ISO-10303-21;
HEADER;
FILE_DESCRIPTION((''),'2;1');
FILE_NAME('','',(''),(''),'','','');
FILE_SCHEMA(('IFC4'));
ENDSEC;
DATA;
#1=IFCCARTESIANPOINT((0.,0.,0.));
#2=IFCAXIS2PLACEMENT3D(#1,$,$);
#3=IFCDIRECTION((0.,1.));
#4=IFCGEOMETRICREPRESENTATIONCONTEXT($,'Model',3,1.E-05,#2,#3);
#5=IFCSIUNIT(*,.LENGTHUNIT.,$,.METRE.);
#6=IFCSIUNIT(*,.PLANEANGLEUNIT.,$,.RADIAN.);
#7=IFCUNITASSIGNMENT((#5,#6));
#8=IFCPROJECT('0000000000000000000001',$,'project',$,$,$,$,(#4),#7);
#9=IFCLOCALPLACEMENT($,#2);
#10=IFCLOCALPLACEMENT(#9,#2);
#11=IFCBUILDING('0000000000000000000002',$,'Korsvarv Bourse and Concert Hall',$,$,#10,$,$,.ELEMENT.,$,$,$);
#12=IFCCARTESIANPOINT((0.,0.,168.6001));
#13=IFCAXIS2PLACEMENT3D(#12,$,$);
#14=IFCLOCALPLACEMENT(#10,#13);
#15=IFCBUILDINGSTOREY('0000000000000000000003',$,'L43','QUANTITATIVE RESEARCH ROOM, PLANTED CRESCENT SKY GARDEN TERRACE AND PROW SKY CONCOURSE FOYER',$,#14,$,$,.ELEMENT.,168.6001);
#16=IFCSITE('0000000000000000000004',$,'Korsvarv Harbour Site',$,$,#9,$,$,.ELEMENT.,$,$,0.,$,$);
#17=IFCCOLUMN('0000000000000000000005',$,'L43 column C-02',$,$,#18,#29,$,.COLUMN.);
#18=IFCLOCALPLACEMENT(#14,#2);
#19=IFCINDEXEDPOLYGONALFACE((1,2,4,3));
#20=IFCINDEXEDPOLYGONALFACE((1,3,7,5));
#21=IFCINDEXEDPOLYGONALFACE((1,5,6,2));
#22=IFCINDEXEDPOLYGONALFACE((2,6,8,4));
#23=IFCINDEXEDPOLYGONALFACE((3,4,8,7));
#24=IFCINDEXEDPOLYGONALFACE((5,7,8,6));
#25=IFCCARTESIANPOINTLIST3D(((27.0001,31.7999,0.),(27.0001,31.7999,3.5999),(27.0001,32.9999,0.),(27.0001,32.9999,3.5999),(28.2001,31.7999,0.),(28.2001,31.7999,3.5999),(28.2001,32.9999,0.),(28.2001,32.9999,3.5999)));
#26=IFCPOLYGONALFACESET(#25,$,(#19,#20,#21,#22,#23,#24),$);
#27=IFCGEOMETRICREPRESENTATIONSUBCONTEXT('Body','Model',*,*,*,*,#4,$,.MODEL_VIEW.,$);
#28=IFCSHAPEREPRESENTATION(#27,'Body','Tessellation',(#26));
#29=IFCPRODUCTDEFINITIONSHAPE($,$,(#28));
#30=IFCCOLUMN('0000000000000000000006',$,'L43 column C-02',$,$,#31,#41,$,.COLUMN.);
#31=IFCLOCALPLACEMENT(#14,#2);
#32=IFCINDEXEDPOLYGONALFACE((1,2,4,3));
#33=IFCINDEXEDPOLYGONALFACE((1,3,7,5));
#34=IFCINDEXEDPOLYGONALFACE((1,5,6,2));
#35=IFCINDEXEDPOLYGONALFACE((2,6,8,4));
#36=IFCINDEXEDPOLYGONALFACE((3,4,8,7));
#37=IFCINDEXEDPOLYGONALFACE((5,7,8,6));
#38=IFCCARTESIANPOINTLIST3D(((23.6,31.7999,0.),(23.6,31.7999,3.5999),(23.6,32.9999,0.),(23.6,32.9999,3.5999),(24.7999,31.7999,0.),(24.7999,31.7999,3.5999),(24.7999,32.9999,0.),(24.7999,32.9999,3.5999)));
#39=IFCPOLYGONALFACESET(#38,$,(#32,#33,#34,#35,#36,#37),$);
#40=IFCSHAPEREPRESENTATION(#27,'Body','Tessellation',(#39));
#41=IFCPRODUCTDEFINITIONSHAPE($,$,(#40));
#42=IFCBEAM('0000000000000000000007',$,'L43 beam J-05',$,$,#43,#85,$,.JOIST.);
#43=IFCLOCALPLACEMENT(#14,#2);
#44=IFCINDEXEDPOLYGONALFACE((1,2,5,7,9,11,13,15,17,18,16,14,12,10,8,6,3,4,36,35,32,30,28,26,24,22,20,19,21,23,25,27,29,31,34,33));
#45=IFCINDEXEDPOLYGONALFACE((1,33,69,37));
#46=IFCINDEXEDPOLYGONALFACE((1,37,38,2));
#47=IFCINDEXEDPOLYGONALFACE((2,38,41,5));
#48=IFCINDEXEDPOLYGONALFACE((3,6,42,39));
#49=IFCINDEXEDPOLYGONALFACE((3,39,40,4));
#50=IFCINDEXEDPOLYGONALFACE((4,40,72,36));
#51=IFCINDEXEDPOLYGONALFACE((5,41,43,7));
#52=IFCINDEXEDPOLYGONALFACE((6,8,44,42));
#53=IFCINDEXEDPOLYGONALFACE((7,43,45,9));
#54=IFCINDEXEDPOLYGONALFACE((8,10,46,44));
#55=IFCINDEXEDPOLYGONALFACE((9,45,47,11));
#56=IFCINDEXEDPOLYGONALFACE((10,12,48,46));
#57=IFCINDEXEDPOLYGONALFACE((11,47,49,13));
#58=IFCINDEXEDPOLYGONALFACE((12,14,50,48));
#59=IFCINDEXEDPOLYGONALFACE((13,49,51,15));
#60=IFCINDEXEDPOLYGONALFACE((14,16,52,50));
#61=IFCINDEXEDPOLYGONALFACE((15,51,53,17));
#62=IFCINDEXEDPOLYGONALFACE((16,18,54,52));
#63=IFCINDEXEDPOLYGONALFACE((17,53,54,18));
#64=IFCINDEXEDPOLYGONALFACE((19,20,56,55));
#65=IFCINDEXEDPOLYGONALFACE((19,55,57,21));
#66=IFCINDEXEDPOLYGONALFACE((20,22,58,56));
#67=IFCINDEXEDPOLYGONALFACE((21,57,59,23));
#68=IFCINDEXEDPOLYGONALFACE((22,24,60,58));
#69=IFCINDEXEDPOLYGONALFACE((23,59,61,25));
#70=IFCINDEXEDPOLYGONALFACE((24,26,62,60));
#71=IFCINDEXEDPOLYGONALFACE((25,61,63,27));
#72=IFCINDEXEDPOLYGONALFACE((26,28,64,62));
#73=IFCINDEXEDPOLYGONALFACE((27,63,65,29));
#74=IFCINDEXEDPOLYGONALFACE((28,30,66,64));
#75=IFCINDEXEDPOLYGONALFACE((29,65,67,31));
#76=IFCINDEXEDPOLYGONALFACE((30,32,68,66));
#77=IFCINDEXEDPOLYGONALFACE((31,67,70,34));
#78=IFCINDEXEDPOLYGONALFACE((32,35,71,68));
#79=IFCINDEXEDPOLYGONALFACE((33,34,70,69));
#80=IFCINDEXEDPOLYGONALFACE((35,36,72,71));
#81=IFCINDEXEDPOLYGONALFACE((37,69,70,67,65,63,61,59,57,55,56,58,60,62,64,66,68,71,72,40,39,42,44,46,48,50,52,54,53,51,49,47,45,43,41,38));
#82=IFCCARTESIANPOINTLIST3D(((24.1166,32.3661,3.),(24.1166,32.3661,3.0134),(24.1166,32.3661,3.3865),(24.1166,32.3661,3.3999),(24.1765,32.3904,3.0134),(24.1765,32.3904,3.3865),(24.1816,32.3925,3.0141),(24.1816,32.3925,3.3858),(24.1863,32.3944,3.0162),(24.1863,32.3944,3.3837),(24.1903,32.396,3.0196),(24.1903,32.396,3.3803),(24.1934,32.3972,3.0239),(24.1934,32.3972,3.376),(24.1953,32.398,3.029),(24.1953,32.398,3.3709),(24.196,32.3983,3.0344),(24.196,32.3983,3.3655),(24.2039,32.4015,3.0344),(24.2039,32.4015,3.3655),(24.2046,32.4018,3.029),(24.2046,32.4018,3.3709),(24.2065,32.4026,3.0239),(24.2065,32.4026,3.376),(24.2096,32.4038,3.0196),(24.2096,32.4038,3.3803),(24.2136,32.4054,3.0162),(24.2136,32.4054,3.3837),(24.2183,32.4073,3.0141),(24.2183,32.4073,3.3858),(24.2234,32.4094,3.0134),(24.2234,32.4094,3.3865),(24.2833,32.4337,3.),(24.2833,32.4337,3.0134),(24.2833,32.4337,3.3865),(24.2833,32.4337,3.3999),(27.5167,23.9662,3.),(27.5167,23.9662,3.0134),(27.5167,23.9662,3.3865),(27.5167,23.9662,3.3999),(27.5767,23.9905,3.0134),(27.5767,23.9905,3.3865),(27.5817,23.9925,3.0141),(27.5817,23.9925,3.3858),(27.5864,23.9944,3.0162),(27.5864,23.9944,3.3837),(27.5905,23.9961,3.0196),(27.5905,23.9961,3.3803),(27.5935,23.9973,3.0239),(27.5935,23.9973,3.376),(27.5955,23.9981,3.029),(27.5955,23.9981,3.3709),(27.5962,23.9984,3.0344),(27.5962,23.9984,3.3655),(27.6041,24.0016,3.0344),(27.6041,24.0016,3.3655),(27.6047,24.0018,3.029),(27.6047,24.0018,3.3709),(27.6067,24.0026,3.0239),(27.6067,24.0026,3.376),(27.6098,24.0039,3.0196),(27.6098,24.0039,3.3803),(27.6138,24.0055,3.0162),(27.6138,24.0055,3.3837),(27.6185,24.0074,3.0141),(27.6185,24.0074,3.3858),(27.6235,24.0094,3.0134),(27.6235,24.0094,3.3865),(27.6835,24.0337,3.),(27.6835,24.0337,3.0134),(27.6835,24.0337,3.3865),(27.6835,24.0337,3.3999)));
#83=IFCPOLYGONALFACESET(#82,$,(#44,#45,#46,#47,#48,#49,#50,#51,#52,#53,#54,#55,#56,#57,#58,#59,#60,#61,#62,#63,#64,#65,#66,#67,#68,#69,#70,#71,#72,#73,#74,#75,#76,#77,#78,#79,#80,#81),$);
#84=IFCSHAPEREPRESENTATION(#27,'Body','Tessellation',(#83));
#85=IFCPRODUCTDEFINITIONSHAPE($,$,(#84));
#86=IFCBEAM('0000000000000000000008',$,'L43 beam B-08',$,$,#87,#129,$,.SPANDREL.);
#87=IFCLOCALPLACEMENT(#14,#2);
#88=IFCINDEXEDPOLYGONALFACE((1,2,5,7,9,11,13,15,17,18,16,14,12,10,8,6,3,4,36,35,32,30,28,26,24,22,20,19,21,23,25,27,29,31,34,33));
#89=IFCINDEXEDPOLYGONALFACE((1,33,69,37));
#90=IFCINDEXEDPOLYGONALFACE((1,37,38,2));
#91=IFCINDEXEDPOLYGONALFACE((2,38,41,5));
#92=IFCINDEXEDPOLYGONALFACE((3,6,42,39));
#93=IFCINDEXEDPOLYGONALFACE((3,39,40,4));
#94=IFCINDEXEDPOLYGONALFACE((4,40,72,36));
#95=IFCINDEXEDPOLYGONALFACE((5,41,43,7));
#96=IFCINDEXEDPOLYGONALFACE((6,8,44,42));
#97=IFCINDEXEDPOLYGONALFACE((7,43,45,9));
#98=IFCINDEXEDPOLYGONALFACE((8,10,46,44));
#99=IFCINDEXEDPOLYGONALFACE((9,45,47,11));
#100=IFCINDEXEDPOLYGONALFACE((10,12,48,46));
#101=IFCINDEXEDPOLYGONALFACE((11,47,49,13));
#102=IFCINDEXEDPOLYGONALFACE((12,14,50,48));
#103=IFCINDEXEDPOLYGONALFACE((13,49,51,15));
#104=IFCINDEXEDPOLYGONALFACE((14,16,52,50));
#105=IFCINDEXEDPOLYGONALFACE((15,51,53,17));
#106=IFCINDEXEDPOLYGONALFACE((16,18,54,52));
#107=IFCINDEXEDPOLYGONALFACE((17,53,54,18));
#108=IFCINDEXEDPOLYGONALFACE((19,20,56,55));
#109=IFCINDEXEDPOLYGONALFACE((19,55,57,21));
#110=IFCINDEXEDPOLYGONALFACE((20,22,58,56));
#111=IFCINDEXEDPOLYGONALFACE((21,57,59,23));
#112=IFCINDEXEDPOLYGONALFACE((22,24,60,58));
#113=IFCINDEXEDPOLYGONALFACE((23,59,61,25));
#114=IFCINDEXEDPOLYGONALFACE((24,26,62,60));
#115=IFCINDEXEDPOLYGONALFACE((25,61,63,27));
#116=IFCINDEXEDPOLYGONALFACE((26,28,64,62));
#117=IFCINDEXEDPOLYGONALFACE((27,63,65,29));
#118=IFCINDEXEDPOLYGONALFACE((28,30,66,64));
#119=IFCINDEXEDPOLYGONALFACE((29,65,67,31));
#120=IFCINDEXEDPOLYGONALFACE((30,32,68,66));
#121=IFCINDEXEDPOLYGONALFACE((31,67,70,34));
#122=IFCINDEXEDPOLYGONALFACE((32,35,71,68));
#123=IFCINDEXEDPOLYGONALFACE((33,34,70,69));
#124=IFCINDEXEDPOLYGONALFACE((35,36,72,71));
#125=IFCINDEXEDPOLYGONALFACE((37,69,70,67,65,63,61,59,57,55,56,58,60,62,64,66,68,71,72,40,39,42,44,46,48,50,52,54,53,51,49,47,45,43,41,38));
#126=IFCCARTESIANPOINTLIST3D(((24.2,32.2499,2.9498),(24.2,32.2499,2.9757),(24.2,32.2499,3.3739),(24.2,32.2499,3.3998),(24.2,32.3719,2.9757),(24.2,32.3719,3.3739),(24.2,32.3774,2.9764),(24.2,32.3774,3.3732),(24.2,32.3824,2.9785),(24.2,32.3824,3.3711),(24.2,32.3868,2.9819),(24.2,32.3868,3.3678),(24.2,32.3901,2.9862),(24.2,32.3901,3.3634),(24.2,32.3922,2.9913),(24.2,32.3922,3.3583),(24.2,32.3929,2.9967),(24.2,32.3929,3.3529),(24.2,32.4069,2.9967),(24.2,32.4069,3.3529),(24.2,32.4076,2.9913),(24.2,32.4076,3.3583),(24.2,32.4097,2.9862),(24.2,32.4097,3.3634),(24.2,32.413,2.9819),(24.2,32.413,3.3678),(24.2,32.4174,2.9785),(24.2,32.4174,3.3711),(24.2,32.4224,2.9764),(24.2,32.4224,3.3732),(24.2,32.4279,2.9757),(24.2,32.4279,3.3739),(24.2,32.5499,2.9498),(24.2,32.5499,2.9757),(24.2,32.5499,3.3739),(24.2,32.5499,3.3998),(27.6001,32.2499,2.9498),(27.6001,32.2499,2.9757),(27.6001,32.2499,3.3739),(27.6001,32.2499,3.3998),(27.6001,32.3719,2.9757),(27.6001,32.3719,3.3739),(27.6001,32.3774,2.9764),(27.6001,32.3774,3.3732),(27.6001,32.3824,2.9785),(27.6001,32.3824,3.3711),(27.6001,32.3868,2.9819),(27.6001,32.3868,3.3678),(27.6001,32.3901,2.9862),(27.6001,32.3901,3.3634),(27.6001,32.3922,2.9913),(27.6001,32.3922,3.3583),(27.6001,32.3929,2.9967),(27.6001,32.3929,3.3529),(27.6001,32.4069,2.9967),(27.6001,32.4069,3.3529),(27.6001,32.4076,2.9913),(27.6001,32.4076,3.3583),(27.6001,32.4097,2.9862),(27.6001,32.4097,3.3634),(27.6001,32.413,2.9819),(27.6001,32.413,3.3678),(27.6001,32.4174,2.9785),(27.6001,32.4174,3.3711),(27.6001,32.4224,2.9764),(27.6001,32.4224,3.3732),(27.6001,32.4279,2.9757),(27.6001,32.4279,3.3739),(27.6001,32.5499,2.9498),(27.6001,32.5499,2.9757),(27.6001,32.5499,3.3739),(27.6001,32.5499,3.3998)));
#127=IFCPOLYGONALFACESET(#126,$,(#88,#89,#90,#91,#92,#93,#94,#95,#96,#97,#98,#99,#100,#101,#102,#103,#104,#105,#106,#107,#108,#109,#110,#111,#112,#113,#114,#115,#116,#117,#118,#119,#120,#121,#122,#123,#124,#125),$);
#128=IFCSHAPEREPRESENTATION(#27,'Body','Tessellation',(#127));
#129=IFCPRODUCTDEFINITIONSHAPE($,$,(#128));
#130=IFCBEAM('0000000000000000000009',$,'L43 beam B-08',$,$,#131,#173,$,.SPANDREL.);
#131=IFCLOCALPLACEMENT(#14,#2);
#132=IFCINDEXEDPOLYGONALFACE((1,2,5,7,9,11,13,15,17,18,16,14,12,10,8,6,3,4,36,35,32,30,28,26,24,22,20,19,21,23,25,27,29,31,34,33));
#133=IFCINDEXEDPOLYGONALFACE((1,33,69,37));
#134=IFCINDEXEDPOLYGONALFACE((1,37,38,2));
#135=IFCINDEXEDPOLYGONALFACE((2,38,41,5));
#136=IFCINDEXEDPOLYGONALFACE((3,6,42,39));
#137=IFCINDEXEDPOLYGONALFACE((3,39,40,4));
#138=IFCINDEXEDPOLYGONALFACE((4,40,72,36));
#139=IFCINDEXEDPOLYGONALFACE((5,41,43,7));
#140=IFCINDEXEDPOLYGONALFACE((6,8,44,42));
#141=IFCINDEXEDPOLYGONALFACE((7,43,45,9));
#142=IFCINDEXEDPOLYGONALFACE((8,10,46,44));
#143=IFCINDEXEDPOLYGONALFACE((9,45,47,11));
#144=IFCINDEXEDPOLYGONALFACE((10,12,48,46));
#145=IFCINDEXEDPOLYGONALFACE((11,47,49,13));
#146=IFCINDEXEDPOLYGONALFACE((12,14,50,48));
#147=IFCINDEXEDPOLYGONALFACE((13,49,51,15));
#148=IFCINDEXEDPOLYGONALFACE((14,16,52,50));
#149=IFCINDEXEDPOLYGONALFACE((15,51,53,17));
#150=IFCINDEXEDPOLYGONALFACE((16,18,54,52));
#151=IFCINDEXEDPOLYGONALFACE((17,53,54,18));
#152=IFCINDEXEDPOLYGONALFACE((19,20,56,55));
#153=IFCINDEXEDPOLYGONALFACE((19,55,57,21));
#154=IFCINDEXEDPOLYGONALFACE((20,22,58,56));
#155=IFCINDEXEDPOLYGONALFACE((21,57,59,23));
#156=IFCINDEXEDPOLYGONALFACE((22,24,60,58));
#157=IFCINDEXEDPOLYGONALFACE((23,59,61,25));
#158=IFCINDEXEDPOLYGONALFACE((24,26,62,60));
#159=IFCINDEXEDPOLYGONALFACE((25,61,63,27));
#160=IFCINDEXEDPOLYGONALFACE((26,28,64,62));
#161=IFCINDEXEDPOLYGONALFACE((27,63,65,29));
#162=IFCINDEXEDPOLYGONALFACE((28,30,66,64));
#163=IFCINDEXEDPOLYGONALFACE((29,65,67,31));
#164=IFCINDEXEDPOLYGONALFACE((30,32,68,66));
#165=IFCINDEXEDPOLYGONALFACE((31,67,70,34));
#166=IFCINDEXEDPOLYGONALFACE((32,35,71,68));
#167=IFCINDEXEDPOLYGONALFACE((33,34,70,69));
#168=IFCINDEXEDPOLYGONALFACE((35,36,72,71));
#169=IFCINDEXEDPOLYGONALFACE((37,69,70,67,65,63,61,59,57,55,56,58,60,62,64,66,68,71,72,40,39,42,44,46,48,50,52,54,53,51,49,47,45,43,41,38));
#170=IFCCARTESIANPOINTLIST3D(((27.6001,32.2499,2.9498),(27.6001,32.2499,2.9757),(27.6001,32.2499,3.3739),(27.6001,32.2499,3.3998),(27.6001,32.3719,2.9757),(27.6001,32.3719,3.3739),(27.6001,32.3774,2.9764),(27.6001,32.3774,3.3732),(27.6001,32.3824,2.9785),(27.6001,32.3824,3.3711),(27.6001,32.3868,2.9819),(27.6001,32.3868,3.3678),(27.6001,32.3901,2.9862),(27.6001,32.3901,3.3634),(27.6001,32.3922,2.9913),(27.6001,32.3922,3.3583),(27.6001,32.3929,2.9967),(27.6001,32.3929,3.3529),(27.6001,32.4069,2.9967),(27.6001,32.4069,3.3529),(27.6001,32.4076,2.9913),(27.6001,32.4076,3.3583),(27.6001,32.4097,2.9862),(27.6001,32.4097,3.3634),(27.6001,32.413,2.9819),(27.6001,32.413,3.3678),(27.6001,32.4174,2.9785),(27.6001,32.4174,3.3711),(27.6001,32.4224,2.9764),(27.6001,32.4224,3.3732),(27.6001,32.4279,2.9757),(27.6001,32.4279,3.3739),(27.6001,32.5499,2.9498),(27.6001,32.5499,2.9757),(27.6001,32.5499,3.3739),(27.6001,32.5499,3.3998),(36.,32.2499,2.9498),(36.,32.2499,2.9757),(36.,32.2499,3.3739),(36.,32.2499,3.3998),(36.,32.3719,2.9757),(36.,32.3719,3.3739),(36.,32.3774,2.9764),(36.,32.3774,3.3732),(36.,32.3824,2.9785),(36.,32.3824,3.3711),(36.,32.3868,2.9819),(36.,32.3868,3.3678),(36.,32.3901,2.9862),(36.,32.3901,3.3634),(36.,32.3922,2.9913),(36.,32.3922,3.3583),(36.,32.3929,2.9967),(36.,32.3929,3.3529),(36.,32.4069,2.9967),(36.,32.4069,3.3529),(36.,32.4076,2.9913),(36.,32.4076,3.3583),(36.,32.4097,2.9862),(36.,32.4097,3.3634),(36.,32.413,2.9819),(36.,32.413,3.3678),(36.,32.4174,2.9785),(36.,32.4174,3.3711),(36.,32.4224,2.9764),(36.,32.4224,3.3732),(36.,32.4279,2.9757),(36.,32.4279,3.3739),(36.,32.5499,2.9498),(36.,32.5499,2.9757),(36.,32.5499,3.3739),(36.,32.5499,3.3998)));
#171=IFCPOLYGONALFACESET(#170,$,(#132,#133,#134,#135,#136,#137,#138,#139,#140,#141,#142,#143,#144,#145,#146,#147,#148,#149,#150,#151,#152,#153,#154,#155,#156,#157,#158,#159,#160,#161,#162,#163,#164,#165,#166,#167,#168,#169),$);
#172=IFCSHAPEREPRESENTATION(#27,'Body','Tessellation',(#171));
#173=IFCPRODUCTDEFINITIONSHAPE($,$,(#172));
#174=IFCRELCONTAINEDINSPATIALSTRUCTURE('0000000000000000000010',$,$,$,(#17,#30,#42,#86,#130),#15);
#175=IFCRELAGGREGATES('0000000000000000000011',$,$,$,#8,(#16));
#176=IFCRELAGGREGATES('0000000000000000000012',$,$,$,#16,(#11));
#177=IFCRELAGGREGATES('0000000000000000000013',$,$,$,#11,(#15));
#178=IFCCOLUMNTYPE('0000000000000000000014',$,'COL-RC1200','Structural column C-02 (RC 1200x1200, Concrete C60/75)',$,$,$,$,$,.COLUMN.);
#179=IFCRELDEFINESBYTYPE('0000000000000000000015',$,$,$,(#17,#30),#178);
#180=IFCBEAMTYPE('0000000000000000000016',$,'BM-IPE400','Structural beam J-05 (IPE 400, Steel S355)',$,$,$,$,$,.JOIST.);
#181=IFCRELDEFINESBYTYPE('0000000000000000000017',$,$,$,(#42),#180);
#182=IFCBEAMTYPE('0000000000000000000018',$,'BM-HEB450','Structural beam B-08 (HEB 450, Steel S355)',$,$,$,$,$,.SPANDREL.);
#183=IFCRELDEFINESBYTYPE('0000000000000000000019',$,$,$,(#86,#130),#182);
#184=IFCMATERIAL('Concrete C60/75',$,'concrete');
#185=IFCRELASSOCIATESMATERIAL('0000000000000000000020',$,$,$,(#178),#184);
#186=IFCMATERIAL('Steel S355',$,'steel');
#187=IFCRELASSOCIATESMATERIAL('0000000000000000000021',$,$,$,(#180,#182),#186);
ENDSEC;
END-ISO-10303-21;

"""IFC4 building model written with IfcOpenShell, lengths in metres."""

from ifc_helpers import new_model, si_unit, direction, frame, origin, origin_2d, place, context, subcontext, project, spatial, rectangle, i_section, extrude, source, transform, mapped, material, material_profile, profile_set, type_object, element, save


model = new_model("IFC4")

# Units and contexts
model_context = context("Model", 3, precision=1e-05, world=origin(), true_north=direction((0.0, 1.0)))
body_context = subcontext(model_context, "Body", "Model", "MODEL_VIEW")
ifc_project = project(units=[si_unit("LENGTHUNIT", "METRE"), si_unit("PLANEANGLEUNIT", "RADIAN")], contexts=[model_context])

# Site, building, storey
site_placement = place(None, origin())
site = spatial("IfcSite", under=ifc_project, at=site_placement, Name="Korsvarv Harbour Site", CompositionType="ELEMENT", RefElevation=0.0)
building_placement = place(site_placement, origin())
building = spatial("IfcBuilding", under=site, at=building_placement, Name="Korsvarv Bourse and Concert Hall", CompositionType="ELEMENT")
storey_placement = place(building_placement, frame((0.0, 0.0, 168.6001)))
storey = spatial("IfcBuildingStorey", under=building, at=storey_placement, Name="L43", Description="QUANTITATIVE RESEARCH ROOM, PLANTED CRESCENT SKY GARDEN TERRACE AND PROW SKY CONCOURSE FOYER", CompositionType="ELEMENT", Elevation=168.6001)

# Columns
ifc_material_1 = material(Name="Concrete C60/75", Category="concrete")
ifc_material_profile_1 = material_profile(ifc_material_1, rectangle(XDim=1.2, YDim=1.2, at=origin_2d()), Name="RC 1200x1200")
ifc_profile_set_1 = profile_set([ifc_material_profile_1], Name="Concrete C60/75")
column_type = type_object("IfcColumnType", Name="COL-RC1200", Description="Structural column C-02 (RC 1200x1200, Concrete C60/75)", PredefinedType="COLUMN", material=ifc_profile_set_1)
shared_shape_1 = source(origin(), body_context, "Body", "SweptSolid", [
    extrude(rectangle(XDim=1.2, YDim=1.2, at=origin_2d()), origin(), (0.0, 0.0, 1.0), 3.5999),
])
for number, where, z_axis, x_axis, name in (
    (1, (27.6001, 32.3999, 0.0), (0.0, 0.0, 1.0), (1.0, 0.0, 0.0), "L43 column C-02"),
    (2, (24.2, 32.3999, 0.0), (0.0, 0.0, 1.0), (1.0, 0.0, 0.0), "L43 column C-02"),
):
    element("IfcColumn", number, at=place(storey_placement, frame(where, z_axis=z_axis, x_axis=x_axis)), inside=storey, type_object=column_type, Name=name, PredefinedType="COLUMN", context=body_context, shape_type="MappedRepresentation", body=[
        mapped(shared_shape_1, transform((0.0, 0.0, 0.0), scale=1.0)),
    ])

# Beams
ifc_material_2 = material(Name="Steel S355", Category="steel")
ifc_material_profile_2 = material_profile(ifc_material_2, i_section(OverallWidth=0.1799, OverallDepth=0.3999, WebThickness=0.0085, FlangeThickness=0.0134, FilletRadius=0.021, at=origin_2d()), Name="IPE 400")
ifc_profile_set_2 = profile_set([ifc_material_profile_2], Name="Steel S355")
beam_type_1 = type_object("IfcBeamType", Name="BM-IPE400", Description="Structural beam J-05 (IPE 400, Steel S355)", PredefinedType="JOIST", material=ifc_profile_set_2)
shared_shape_2 = source(origin(), body_context, "Body", "SweptSolid", [
    extrude(i_section(OverallWidth=0.1799, OverallDepth=0.3999, WebThickness=0.0085, FlangeThickness=0.0134, FilletRadius=0.021, at=origin_2d()), origin(), (0.0, 0.0, 1.0), 9.062),
])
beam_1_placement = place(storey_placement, frame((24.2, 32.3999, 3.2), z_axis=(0.37521, -0.92694, 0.0), x_axis=(0.92694, 0.37521, 0.0)))
element("IfcBeam", 3, at=beam_1_placement, inside=storey, type_object=beam_type_1, Name="L43 beam J-05", PredefinedType="JOIST", context=body_context, shape_type="MappedRepresentation", body=[
    mapped(shared_shape_2, transform((0.0, 0.0, 0.0), scale=1.0)),
])
ifc_material_profile_3 = material_profile(ifc_material_2, i_section(OverallWidth=0.3, OverallDepth=0.45, WebThickness=0.0139, FlangeThickness=0.0259, FilletRadius=0.021, at=origin_2d()), Name="HEB 450")
ifc_profile_set_3 = profile_set([ifc_material_profile_3], Name="Steel S355")
beam_type_2 = type_object("IfcBeamType", Name="BM-HEB450", Description="Structural beam B-08 (HEB 450, Steel S355)", PredefinedType="SPANDREL", material=ifc_profile_set_3)
shared_shape_3 = source(origin(), body_context, "Body", "SweptSolid", [
    extrude(i_section(OverallWidth=0.3, OverallDepth=0.45, WebThickness=0.0139, FlangeThickness=0.0259, FilletRadius=0.021, at=origin_2d()), origin(), (0.0, 0.0, 1.0), 3.4001),
])
beam_2_placement = place(storey_placement, frame((24.2, 32.3999, 3.1748), z_axis=(1.0, 0.0, 0.0), x_axis=(0.0, 1.0, 0.0)))
element("IfcBeam", 4, at=beam_2_placement, inside=storey, type_object=beam_type_2, Name="L43 beam B-08", PredefinedType="SPANDREL", context=body_context, shape_type="MappedRepresentation", body=[
    mapped(shared_shape_3, transform((0.0, 0.0, 0.0), scale=1.0)),
])
shared_shape_4 = source(origin(), body_context, "Body", "SweptSolid", [
    extrude(i_section(OverallWidth=0.3, OverallDepth=0.45, WebThickness=0.0139, FlangeThickness=0.0259, FilletRadius=0.021, at=origin_2d()), origin(), (0.0, 0.0, 1.0), 8.3999),
])
for number, where, z_axis, x_axis, name in (
    (5, (27.6001, 32.3999, 3.1748), (1.0, 0.0, 0.0), (0.0, 1.0, 0.0), "L43 beam B-08"),
):
    element("IfcBeam", number, at=place(storey_placement, frame(where, z_axis=z_axis, x_axis=x_axis)), inside=storey, type_object=beam_type_2, Name=name, PredefinedType="SPANDREL", context=body_context, shape_type="MappedRepresentation", body=[
        mapped(shared_shape_4, transform((0.0, 0.0, 0.0), scale=1.0)),
    ])

save(model, "model.ifc")
